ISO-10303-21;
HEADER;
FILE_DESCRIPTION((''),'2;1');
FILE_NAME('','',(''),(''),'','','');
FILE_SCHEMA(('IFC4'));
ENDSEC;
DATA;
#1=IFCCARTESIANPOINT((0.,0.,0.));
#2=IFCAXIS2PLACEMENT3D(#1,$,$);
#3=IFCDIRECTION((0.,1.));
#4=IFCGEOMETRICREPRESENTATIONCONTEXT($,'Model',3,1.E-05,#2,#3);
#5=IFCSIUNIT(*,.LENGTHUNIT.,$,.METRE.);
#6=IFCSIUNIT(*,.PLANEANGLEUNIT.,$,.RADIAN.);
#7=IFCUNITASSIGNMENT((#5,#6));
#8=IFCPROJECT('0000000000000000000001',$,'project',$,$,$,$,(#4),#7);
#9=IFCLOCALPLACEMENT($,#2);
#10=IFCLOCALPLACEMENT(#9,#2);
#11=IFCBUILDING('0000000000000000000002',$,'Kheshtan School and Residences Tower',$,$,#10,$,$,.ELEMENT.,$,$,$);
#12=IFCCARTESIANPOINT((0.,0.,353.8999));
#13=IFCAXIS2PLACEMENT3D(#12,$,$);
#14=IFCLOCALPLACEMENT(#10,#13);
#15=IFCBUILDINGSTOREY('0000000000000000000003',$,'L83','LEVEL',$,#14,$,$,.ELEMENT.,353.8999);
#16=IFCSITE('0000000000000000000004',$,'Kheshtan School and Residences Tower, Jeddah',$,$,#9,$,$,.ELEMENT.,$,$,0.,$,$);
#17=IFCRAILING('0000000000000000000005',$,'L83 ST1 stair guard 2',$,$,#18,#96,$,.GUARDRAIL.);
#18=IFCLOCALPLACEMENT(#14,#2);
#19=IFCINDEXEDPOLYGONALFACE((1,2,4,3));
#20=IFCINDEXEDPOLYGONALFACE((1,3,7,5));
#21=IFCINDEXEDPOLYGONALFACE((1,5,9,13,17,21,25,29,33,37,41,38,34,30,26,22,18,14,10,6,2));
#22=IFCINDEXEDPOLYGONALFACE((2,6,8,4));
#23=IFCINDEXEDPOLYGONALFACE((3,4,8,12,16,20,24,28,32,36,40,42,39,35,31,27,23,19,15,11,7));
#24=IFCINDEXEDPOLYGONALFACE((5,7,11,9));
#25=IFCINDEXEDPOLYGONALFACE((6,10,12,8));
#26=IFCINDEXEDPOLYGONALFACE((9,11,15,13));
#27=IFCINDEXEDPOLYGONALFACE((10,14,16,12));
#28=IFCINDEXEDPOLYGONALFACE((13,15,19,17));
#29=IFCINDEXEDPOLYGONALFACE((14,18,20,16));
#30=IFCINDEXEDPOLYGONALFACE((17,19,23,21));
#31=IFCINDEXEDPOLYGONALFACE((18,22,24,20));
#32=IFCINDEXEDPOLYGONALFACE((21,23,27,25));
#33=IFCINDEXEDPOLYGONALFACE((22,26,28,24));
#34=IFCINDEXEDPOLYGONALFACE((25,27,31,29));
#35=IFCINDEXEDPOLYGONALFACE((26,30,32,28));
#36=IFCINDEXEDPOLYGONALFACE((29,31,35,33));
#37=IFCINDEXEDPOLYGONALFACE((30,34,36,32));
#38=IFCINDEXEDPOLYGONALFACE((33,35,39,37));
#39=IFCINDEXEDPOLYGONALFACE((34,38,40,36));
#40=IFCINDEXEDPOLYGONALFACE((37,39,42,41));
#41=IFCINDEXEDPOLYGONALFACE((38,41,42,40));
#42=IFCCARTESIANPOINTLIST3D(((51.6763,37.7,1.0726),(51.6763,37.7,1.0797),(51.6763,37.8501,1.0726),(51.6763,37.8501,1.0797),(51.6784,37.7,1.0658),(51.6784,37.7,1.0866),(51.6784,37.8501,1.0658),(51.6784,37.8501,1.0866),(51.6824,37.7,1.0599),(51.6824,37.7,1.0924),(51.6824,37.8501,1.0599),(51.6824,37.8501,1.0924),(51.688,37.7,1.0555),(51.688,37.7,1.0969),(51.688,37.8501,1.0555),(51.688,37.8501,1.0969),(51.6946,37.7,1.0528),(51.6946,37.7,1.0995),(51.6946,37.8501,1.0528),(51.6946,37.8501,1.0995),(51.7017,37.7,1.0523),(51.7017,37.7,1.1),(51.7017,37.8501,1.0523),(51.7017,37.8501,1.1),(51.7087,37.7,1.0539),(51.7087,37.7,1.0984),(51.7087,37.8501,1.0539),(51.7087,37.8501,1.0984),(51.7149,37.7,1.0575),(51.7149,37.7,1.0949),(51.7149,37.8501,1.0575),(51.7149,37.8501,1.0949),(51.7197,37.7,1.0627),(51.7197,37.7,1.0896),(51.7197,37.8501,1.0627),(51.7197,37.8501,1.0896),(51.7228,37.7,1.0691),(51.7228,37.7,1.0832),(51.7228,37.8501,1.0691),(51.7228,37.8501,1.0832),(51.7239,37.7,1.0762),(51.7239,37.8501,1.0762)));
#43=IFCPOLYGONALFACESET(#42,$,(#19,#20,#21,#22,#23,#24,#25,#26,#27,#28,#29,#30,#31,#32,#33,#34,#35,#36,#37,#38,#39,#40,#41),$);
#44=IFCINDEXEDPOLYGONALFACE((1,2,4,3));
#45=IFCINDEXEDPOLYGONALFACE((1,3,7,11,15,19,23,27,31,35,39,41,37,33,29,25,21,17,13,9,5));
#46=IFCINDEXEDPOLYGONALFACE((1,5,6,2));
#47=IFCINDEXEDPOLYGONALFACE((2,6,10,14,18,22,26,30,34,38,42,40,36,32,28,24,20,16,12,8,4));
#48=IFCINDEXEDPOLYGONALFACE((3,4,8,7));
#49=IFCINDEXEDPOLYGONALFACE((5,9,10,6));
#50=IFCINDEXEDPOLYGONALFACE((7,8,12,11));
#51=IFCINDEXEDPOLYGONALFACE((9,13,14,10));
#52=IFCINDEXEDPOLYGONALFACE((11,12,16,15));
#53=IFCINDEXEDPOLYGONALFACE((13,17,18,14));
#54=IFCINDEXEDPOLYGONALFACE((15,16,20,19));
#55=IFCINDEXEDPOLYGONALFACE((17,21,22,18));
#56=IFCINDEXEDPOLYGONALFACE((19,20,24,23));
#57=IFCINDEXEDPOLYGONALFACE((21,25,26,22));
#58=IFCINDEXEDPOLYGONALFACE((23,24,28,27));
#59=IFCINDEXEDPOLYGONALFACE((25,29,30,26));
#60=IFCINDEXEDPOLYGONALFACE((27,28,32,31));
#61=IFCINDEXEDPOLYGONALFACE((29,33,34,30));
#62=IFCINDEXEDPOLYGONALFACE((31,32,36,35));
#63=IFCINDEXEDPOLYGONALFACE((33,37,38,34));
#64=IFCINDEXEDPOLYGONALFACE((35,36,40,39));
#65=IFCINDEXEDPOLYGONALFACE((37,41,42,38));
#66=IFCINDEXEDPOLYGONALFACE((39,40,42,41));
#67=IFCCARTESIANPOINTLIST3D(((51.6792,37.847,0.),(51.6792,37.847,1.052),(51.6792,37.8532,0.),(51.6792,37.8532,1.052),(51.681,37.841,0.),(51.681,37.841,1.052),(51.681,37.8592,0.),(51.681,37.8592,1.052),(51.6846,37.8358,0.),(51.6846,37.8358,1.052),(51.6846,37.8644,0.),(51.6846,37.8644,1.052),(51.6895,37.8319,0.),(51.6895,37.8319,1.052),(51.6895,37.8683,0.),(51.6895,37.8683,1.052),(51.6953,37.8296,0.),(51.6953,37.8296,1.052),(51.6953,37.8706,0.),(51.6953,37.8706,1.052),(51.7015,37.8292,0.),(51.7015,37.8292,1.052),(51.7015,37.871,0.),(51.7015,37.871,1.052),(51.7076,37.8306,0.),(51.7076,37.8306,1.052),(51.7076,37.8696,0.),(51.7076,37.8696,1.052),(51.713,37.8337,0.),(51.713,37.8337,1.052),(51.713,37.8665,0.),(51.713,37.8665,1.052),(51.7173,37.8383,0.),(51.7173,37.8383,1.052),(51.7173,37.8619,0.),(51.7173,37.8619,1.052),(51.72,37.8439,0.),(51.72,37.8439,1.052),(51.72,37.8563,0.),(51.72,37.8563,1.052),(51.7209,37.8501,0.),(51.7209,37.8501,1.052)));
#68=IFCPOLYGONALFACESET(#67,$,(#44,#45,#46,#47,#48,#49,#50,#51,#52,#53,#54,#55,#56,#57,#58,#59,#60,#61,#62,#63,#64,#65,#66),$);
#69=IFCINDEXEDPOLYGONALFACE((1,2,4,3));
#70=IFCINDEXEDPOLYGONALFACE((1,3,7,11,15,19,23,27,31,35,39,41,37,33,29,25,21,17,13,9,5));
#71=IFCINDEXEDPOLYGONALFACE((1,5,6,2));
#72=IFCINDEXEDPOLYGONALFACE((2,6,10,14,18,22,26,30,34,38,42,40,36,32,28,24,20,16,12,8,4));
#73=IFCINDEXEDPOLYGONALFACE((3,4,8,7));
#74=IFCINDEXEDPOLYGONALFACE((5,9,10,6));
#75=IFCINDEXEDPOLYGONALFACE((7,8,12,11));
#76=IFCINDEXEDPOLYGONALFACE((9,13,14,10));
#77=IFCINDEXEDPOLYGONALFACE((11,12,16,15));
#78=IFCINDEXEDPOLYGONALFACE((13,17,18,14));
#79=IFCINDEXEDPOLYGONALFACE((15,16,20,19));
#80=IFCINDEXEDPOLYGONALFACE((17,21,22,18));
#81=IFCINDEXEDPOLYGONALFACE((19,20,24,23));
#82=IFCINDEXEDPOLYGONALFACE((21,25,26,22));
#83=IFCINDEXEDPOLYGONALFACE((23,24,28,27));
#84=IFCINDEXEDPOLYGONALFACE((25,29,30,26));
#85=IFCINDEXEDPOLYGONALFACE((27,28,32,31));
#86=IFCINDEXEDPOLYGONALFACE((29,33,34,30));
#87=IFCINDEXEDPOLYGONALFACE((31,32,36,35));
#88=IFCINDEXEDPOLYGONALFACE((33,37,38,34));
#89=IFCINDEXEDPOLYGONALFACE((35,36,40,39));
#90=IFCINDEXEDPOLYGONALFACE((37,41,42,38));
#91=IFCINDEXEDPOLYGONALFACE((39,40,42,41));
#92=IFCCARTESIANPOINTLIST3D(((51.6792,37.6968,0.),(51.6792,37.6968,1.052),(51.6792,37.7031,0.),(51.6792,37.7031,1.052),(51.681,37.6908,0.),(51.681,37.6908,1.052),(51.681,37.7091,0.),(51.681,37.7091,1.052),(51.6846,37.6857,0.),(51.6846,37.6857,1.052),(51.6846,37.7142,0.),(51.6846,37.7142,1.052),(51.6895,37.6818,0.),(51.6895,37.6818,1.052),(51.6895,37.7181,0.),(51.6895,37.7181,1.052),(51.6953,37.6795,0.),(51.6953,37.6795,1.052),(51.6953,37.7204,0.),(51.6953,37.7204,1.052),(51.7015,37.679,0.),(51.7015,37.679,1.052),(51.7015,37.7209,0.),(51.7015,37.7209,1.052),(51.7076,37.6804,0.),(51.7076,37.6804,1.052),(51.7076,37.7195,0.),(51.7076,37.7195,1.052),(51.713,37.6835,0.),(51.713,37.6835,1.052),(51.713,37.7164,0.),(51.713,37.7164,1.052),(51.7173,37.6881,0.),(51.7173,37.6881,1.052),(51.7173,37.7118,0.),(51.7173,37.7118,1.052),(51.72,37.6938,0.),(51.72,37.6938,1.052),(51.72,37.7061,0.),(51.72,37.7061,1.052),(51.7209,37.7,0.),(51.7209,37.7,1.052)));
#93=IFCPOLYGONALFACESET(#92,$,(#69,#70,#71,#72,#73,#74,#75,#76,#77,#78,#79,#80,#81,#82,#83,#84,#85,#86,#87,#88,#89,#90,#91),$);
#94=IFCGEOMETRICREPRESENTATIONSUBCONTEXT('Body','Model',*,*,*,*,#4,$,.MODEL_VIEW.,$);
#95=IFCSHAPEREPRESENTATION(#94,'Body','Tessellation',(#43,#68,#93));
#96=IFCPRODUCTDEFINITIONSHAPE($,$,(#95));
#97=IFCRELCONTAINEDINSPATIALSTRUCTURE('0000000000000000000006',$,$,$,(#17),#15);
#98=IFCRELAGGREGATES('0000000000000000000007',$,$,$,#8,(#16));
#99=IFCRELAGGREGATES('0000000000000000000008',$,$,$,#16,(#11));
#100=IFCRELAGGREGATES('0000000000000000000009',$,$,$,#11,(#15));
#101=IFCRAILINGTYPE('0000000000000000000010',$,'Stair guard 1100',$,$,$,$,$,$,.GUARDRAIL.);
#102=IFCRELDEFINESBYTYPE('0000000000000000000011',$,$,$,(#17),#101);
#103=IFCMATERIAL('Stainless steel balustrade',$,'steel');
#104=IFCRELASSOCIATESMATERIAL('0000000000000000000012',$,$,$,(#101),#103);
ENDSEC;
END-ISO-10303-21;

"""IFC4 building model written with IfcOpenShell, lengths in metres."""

from ifc_helpers import new_model, si_unit, direction, frame, origin, origin_2d, place, context, subcontext, project, spatial, circle, extrude, material, type_object, element, save


model = new_model("IFC4")

# Units and contexts
model_context = context("Model", 3, precision=1e-05, world=origin(), true_north=direction((0.0, 1.0)))
body_context = subcontext(model_context, "Body", "Model", "MODEL_VIEW")
ifc_project = project(units=[si_unit("LENGTHUNIT", "METRE"), si_unit("PLANEANGLEUNIT", "RADIAN")], contexts=[model_context])

# Site, building, storey
site_placement = place(None, origin())
site = spatial("IfcSite", under=ifc_project, at=site_placement, Name="Kheshtan School and Residences Tower, Jeddah", CompositionType="ELEMENT", RefElevation=0.0)
building_placement = place(site_placement, origin())
building = spatial("IfcBuilding", under=site, at=building_placement, Name="Kheshtan School and Residences Tower", CompositionType="ELEMENT")
storey_placement = place(building_placement, frame((0.0, 0.0, 353.8999)))
storey = spatial("IfcBuildingStorey", under=building, at=storey_placement, Name="L83", Description="LEVEL", CompositionType="ELEMENT", Elevation=353.8999)

# Railing
ifc_material_1 = material(Name="Stainless steel balustrade", Category="steel")
railing_type_1 = type_object("IfcRailingType", Name="Stair guard 1100", PredefinedType="GUARDRAIL", material=ifc_material_1)
railing_1_placement = place(storey_placement, frame((51.7, 37.8501, 0.0)))
element("IfcRailing", 1, at=railing_1_placement, inside=storey, type_object=railing_type_1, Name="L83 ST1 stair guard 2", PredefinedType="GUARDRAIL", context=body_context, shape_type="SweptSolid", body=[
    extrude(circle(Radius=0.0239, at=origin_2d()), frame((0.0, 0.0, 1.0762), z_axis=(0.0, -1.0, 0.0), x_axis=(1.0, 0.0, 0.0)), (0.0, 0.0, 1.0), 0.1501),
    extrude(circle(Radius=0.021, at=origin_2d()), origin(), (0.0, 0.0, 1.0), 1.052),
    extrude(circle(Radius=0.021, at=origin_2d()), frame((0.0, -0.1501, 0.0)), (0.0, 0.0, 1.0), 1.052),
])

save(model, "model.ifc")
